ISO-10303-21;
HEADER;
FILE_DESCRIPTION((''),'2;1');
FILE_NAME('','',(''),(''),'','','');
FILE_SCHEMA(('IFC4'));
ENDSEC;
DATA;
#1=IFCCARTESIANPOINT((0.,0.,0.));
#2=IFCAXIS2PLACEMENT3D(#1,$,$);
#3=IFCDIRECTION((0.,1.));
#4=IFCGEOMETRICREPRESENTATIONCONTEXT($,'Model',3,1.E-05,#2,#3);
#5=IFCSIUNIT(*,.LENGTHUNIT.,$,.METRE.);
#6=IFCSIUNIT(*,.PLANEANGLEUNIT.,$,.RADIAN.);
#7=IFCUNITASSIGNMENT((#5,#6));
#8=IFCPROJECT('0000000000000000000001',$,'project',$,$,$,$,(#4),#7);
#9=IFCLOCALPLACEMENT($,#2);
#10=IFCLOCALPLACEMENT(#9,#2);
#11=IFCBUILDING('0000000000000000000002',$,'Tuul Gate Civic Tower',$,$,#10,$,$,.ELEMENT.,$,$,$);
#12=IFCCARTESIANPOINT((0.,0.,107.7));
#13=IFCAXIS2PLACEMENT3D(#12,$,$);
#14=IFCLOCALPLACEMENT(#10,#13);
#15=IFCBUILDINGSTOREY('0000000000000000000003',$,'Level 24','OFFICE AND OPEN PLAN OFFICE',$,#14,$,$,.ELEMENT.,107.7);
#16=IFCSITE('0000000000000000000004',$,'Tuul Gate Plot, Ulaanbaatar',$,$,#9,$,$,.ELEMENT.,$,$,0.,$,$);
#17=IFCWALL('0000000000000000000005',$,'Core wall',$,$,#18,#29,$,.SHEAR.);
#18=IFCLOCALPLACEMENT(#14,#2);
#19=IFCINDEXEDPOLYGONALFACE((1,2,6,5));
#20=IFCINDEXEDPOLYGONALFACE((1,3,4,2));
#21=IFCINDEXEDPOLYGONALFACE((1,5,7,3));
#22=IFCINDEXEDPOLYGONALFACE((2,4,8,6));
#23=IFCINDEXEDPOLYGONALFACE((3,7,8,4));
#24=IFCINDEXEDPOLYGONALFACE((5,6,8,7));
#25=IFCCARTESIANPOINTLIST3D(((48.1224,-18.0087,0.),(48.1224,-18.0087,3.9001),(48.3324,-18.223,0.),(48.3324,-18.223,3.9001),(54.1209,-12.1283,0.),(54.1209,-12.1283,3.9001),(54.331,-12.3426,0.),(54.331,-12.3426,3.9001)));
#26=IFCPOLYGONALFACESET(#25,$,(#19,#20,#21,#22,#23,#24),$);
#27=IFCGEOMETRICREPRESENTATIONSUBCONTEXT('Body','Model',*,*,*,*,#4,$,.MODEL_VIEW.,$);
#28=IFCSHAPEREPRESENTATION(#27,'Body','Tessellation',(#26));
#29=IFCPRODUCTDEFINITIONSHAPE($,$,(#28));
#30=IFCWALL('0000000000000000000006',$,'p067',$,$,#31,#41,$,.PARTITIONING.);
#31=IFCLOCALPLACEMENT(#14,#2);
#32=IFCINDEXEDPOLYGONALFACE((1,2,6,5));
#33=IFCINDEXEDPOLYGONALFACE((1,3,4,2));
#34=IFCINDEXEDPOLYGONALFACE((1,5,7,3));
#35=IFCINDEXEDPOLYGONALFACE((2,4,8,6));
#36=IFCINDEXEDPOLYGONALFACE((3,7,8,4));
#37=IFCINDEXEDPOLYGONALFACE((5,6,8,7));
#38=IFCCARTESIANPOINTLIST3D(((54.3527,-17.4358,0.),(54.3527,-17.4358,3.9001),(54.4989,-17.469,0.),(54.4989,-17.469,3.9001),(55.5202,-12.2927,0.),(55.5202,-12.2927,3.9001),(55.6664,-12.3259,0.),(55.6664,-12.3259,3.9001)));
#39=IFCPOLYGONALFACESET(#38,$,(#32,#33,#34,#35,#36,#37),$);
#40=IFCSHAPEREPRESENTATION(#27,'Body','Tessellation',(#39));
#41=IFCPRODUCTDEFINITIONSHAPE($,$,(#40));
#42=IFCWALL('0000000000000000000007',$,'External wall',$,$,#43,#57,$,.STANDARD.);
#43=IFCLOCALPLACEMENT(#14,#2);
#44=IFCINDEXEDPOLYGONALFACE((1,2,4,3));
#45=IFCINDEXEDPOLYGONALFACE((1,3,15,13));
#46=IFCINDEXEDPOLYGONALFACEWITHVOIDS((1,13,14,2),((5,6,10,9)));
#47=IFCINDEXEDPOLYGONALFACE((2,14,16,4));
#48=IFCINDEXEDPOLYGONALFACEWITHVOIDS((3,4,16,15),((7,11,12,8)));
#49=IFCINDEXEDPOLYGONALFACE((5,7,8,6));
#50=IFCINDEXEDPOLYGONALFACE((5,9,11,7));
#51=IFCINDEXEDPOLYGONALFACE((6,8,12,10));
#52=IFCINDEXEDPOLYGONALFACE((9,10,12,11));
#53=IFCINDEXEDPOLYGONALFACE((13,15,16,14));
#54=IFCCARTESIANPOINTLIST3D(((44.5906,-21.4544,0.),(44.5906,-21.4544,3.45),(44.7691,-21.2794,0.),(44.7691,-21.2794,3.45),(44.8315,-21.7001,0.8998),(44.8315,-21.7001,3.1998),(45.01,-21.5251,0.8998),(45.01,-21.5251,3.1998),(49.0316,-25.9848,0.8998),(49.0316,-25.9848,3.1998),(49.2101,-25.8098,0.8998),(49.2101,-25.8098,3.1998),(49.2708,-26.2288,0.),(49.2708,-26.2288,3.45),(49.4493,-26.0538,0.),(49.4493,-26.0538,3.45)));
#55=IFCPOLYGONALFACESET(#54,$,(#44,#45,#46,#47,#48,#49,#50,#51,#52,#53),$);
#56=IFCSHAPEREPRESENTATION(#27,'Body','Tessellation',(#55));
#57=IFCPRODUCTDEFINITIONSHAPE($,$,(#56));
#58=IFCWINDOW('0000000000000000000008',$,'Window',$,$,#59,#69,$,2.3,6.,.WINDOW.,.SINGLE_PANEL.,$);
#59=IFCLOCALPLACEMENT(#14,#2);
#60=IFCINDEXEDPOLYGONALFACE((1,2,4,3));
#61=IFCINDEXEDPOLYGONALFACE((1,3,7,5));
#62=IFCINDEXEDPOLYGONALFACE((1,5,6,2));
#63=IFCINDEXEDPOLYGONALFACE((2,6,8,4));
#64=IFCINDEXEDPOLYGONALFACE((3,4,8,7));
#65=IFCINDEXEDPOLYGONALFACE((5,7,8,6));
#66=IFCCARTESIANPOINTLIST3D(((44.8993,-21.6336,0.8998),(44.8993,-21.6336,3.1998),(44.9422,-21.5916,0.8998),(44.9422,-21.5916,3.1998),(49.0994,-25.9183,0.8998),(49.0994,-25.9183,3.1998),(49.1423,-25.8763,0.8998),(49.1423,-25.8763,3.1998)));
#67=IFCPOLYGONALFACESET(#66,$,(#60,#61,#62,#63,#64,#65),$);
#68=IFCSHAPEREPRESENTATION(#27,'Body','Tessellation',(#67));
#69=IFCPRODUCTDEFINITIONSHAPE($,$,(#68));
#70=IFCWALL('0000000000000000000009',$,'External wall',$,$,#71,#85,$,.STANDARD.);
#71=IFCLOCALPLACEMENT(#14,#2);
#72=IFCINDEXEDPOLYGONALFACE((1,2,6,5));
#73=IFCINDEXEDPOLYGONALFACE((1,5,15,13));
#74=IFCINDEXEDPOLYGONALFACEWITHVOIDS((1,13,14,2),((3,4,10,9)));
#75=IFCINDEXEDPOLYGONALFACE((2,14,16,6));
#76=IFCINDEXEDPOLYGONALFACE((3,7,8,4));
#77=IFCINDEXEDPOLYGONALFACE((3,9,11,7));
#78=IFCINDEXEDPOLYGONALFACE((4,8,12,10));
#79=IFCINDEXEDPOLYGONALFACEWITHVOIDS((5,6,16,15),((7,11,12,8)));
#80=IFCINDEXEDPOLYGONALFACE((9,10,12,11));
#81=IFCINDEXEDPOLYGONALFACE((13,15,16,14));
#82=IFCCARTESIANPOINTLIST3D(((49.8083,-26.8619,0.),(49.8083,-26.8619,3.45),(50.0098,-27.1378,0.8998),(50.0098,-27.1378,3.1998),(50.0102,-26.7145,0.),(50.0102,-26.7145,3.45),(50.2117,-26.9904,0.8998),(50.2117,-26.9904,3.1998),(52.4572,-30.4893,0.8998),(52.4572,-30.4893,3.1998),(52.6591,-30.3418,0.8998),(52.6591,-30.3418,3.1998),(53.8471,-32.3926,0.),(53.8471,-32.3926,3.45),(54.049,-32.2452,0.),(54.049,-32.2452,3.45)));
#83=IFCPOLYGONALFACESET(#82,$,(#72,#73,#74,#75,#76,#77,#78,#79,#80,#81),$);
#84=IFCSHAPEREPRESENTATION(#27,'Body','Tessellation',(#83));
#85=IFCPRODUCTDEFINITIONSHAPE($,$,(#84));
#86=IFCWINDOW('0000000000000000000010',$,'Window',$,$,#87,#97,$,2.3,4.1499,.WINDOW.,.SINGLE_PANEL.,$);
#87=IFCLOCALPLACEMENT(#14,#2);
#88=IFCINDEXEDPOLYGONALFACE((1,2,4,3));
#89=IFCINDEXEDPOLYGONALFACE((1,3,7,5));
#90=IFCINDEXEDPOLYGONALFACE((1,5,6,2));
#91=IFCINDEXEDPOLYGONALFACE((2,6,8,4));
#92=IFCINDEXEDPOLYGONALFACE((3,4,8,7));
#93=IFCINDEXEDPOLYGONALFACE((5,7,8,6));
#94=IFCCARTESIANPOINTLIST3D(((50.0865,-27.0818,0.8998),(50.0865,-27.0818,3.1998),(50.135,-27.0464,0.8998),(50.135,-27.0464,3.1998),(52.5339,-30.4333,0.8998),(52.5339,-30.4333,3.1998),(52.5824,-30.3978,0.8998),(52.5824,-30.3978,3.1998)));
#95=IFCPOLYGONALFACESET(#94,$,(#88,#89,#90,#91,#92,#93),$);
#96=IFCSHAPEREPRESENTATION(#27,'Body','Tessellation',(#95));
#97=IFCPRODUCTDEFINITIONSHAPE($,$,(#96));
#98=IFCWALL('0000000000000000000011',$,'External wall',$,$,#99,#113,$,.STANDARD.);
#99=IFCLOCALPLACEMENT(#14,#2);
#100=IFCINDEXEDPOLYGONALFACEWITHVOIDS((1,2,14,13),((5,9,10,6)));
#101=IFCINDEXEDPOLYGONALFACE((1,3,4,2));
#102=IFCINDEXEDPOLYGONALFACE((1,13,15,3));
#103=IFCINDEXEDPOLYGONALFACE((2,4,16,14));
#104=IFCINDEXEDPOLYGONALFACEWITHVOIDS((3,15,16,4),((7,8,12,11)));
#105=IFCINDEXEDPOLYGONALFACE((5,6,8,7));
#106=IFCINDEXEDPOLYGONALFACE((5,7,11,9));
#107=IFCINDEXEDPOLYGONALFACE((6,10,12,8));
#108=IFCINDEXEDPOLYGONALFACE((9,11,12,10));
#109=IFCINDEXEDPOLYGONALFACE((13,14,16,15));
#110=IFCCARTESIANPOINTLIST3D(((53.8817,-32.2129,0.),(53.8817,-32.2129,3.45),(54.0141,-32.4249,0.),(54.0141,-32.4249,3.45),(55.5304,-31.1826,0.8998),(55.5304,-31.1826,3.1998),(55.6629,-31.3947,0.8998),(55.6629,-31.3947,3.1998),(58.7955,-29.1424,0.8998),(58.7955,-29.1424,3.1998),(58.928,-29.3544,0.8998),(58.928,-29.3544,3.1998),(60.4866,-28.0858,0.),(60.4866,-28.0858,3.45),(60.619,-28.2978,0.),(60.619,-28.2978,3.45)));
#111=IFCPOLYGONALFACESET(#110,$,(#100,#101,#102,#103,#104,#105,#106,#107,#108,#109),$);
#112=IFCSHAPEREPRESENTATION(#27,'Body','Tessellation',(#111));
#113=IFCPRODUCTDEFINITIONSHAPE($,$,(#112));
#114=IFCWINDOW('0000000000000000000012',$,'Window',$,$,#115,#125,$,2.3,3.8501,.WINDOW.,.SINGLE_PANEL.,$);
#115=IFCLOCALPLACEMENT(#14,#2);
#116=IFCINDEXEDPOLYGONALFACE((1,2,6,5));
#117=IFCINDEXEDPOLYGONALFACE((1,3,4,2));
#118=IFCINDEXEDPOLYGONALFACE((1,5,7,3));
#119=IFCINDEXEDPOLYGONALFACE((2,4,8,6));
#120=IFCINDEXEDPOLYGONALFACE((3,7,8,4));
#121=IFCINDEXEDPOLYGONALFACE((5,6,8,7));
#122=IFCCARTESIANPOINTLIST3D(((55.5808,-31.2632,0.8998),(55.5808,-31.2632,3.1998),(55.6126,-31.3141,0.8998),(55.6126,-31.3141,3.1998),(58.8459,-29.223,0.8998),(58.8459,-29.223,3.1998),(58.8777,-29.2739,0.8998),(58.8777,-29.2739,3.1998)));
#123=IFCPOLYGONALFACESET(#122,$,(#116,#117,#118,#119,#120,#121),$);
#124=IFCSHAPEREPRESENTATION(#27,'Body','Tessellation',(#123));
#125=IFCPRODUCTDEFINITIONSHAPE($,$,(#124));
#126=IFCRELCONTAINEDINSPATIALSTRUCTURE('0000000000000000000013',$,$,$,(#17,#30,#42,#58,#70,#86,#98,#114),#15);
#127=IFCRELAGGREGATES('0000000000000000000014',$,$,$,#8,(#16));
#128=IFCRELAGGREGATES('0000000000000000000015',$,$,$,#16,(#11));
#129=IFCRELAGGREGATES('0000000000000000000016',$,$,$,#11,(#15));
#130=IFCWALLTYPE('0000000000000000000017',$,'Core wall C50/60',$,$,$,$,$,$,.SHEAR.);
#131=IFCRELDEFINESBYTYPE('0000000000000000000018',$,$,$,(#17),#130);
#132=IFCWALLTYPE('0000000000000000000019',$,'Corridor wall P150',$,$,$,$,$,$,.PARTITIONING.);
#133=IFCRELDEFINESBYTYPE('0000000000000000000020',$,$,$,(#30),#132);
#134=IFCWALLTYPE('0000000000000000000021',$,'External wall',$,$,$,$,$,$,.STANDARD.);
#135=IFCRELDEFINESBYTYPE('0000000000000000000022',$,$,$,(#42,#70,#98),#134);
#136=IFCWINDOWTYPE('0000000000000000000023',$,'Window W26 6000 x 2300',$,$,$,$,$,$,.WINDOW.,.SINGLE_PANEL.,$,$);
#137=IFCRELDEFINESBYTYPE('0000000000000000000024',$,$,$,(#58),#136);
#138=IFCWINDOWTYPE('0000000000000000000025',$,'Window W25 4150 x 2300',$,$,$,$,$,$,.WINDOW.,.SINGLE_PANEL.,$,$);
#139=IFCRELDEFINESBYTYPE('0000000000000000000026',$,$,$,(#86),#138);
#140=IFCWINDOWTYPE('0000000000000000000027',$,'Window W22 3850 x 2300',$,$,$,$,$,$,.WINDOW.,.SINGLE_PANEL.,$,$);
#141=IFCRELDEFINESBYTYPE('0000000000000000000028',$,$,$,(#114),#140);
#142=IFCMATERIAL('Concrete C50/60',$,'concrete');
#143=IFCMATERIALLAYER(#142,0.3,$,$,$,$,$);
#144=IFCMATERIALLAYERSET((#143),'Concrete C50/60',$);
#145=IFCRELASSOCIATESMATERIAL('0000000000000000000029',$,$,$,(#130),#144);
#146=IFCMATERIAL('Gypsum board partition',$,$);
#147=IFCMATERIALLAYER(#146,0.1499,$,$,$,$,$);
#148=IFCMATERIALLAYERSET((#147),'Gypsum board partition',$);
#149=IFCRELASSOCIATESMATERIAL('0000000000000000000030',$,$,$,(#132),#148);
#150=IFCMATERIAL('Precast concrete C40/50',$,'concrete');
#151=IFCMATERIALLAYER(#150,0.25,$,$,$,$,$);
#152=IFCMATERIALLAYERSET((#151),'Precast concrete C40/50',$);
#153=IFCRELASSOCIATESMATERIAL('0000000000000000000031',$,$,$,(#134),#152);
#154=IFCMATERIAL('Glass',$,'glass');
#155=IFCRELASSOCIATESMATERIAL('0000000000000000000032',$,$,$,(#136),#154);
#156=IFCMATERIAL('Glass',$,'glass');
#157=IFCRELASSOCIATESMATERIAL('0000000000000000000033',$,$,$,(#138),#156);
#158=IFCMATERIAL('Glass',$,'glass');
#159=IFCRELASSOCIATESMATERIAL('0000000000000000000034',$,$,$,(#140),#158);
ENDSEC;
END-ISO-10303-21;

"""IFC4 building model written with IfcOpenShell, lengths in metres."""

from ifc_helpers import new_model, si_unit, direction, frame, frame_2d, origin, place, context, subcontext, project, spatial, rectangle, extrude, material, layer, layer_set, type_object, element, fill, save


model = new_model("IFC4")

# Units and contexts
model_context = context("Model", 3, precision=1e-05, world=origin(), true_north=direction((0.0, 1.0)))
body_context = subcontext(model_context, "Body", "Model", "MODEL_VIEW")
ifc_project = project(units=[si_unit("LENGTHUNIT", "METRE"), si_unit("PLANEANGLEUNIT", "RADIAN")], contexts=[model_context])

# Site, building, storey
site_placement = place(None, origin())
site = spatial("IfcSite", under=ifc_project, at=site_placement, Name="Tuul Gate Plot, Ulaanbaatar", CompositionType="ELEMENT", RefElevation=0.0)
building_placement = place(site_placement, origin())
building = spatial("IfcBuilding", under=site, at=building_placement, Name="Tuul Gate Civic Tower", CompositionType="ELEMENT")
storey_placement = place(building_placement, frame((0.0, 0.0, 107.7)))
storey = spatial("IfcBuildingStorey", under=building, at=storey_placement, Name="Level 24", Description="OFFICE AND OPEN PLAN OFFICE", CompositionType="ELEMENT", Elevation=107.7)

# Shared definitions
ifc_material_1 = material(Name="Concrete C50/60", Category="concrete")
ifc_layer_1 = layer(ifc_material_1, 0.3)
ifc_layer_set_1 = layer_set([ifc_layer_1], Name="Concrete C50/60")
wall_type_1 = type_object("IfcWallType", Name="Core wall C50/60", PredefinedType="SHEAR", material=ifc_layer_set_1)

# Walls
wall_1_placement = place(storey_placement, frame((48.2273, -18.116, 0.0), z_axis=(0.0, 0.0, 1.0), x_axis=(0.714105, 0.700038, 0.0)))
element("IfcWall", 1, at=wall_1_placement, inside=storey, type_object=wall_type_1, Name="Core wall", PredefinedType="SHEAR", context=body_context, shape_type="SweptSolid", body=[
    extrude(rectangle(XDim=8.4001, YDim=0.3, at=frame_2d((4.2002, 0.0))), origin(), (0.0, 0.0, 1.0), 3.9001),
])
ifc_material_2 = material(Name="Gypsum board partition")
ifc_layer_2 = layer(ifc_material_2, 0.1499)
ifc_layer_set_2 = layer_set([ifc_layer_2], Name="Gypsum board partition")
wall_type_2 = type_object("IfcWallType", Name="Corridor wall P150", PredefinedType="PARTITIONING", material=ifc_layer_set_2)
wall_2_placement = place(storey_placement, frame((54.4258, -17.4524, 0.0), z_axis=(0.0, 0.0, 1.0), x_axis=(0.221369, 0.97519, 0.0)))
element("IfcWall", 2, at=wall_2_placement, inside=storey, type_object=wall_type_2, Name="p067", PredefinedType="PARTITIONING", context=body_context, shape_type="SweptSolid", body=[
    extrude(rectangle(XDim=5.2739, YDim=0.1499, at=frame_2d((2.637, 0.0))), origin(), (0.0, 0.0, 1.0), 3.9001),
])

# Walls, openings, windows
ifc_material_3 = material(Name="Precast concrete C40/50", Category="concrete")
ifc_layer_3 = layer(ifc_material_3, 0.25)
ifc_layer_set_3 = layer_set([ifc_layer_3], Name="Precast concrete C40/50")
wall_type_3 = type_object("IfcWallType", Name="External wall", PredefinedType="STANDARD", material=ifc_layer_set_3)
wall_3_placement = place(storey_placement, frame((44.6799, -21.3669, 0.0), z_axis=(0.0, 0.0, 1.0), x_axis=(0.700024, -0.714119, 0.0)))
wall_3 = element("IfcWall", 3, at=wall_3_placement, inside=storey, type_object=wall_type_3, Name="External wall", PredefinedType="STANDARD", context=body_context, shape_type="SweptSolid", body=[
    extrude(rectangle(XDim=6.6858, YDim=0.25, at=frame_2d((3.3428, 0.0))), origin(), (0.0, 0.0, 1.0), 3.45),
])
opening_1_placement = place(wall_3_placement, frame((0.344, 0.0, 0.8999)))
opening_1 = element("IfcOpeningElement", 4, at=opening_1_placement, cuts=wall_3, PredefinedType="OPENING", context=body_context, shape_type="SweptSolid", body=[
    extrude(rectangle(XDim=6.0, YDim=2.3, at=frame_2d((3.0, 1.1499))), frame((0.0, 0.135, 0.0), z_axis=(0.0, -1.0, 0.0), x_axis=(1.0, 0.0, 0.0)), (0.0, 0.0, 1.0), 0.27),
])
ifc_material_4 = material(Name="Glass", Category="glass")
window_type_1 = type_object("IfcWindowType", Name="Window W26 6000 x 2300", PartitioningType="SINGLE_PANEL", PredefinedType="WINDOW", material=ifc_material_4)
window_1_placement = place(opening_1_placement, origin())
window_1 = element("IfcWindow", 5, at=window_1_placement, inside=storey, type_object=window_type_1, Name="Window", OverallHeight=2.3, OverallWidth=6.0, PartitioningType="SINGLE_PANEL", PredefinedType="WINDOW", context=body_context, shape_type="SweptSolid", body=[
    extrude(rectangle(XDim=6.0, YDim=2.3, at=frame_2d((3.0, 1.1499))), frame((0.0, 0.03, 0.0), z_axis=(0.0, -1.0, 0.0), x_axis=(1.0, 0.0, 0.0)), (0.0, 0.0, 1.0), 0.0601),
])
fill(opening_1, window_1)
wall_4_placement = place(storey_placement, frame((49.9092, -26.7881, 0.0), z_axis=(0.0, 0.0, 1.0), x_axis=(0.589741, -0.807592, 0.0)))
wall_4 = element("IfcWall", 6, at=wall_4_placement, inside=storey, type_object=wall_type_3, Name="External wall", PredefinedType="STANDARD", context=body_context, shape_type="SweptSolid", body=[
    extrude(rectangle(XDim=6.8484, YDim=0.25, at=frame_2d((3.4243, 0.0))), origin(), (0.0, 0.0, 1.0), 3.45),
])
opening_2_placement = place(wall_4_placement, frame((0.3418, 0.0, 0.8999)))
opening_2 = element("IfcOpeningElement", 7, at=opening_2_placement, cuts=wall_4, PredefinedType="OPENING", context=body_context, shape_type="SweptSolid", body=[
    extrude(rectangle(XDim=4.1499, YDim=2.3, at=frame_2d((2.075, 1.1499))), frame((0.0, 0.135, 0.0), z_axis=(0.0, -1.0, 0.0), x_axis=(1.0, 0.0, 0.0)), (0.0, 0.0, 1.0), 0.27),
])
ifc_material_5 = material(Name="Glass", Category="glass")
window_type_2 = type_object("IfcWindowType", Name="Window W25 4150 x 2300", PartitioningType="SINGLE_PANEL", PredefinedType="WINDOW", material=ifc_material_5)
window_2_placement = place(opening_2_placement, origin())
window_2 = element("IfcWindow", 8, at=window_2_placement, inside=storey, type_object=window_type_2, Name="Window", OverallHeight=2.3, OverallWidth=4.1499, PartitioningType="SINGLE_PANEL", PredefinedType="WINDOW", context=body_context, shape_type="SweptSolid", body=[
    extrude(rectangle(XDim=4.1499, YDim=2.3, at=frame_2d((2.075, 1.1499))), frame((0.0, 0.03, 0.0), z_axis=(0.0, -1.0, 0.0), x_axis=(1.0, 0.0, 0.0)), (0.0, 0.0, 1.0), 0.0601),
])
fill(opening_2, window_2)
wall_5_placement = place(storey_placement, frame((53.948, -32.3188, 0.0), z_axis=(0.0, 0.0, 1.0), x_axis=(0.848051, 0.529914, 0.0)))
wall_5 = element("IfcWall", 9, at=wall_5_placement, inside=storey, type_object=wall_type_3, Name="External wall", PredefinedType="STANDARD", context=body_context, shape_type="SweptSolid", body=[
    extrude(rectangle(XDim=7.7883, YDim=0.25, at=frame_2d((3.894, 0.0))), origin(), (0.0, 0.0, 1.0), 3.45),
])
opening_3_placement = place(wall_5_placement, frame((1.9441, 0.0, 0.8999)))
opening_3 = element("IfcOpeningElement", 10, at=opening_3_placement, cuts=wall_5, PredefinedType="OPENING", context=body_context, shape_type="SweptSolid", body=[
    extrude(rectangle(XDim=3.8501, YDim=2.3, at=frame_2d((1.925, 1.1499))), frame((0.0, 0.135, 0.0), z_axis=(0.0, -1.0, 0.0), x_axis=(1.0, 0.0, 0.0)), (0.0, 0.0, 1.0), 0.27),
])
ifc_material_6 = material(Name="Glass", Category="glass")
window_type_3 = type_object("IfcWindowType", Name="Window W22 3850 x 2300", PartitioningType="SINGLE_PANEL", PredefinedType="WINDOW", material=ifc_material_6)
window_3_placement = place(opening_3_placement, origin())
window_3 = element("IfcWindow", 11, at=window_3_placement, inside=storey, type_object=window_type_3, Name="Window", OverallHeight=2.3, OverallWidth=3.8501, PartitioningType="SINGLE_PANEL", PredefinedType="WINDOW", context=body_context, shape_type="SweptSolid", body=[
    extrude(rectangle(XDim=3.8501, YDim=2.3, at=frame_2d((1.925, 1.1499))), frame((0.0, 0.03, 0.0), z_axis=(0.0, -1.0, 0.0), x_axis=(1.0, 0.0, 0.0)), (0.0, 0.0, 1.0), 0.0601),
])
fill(opening_3, window_3)

save(model, "model.ifc")
